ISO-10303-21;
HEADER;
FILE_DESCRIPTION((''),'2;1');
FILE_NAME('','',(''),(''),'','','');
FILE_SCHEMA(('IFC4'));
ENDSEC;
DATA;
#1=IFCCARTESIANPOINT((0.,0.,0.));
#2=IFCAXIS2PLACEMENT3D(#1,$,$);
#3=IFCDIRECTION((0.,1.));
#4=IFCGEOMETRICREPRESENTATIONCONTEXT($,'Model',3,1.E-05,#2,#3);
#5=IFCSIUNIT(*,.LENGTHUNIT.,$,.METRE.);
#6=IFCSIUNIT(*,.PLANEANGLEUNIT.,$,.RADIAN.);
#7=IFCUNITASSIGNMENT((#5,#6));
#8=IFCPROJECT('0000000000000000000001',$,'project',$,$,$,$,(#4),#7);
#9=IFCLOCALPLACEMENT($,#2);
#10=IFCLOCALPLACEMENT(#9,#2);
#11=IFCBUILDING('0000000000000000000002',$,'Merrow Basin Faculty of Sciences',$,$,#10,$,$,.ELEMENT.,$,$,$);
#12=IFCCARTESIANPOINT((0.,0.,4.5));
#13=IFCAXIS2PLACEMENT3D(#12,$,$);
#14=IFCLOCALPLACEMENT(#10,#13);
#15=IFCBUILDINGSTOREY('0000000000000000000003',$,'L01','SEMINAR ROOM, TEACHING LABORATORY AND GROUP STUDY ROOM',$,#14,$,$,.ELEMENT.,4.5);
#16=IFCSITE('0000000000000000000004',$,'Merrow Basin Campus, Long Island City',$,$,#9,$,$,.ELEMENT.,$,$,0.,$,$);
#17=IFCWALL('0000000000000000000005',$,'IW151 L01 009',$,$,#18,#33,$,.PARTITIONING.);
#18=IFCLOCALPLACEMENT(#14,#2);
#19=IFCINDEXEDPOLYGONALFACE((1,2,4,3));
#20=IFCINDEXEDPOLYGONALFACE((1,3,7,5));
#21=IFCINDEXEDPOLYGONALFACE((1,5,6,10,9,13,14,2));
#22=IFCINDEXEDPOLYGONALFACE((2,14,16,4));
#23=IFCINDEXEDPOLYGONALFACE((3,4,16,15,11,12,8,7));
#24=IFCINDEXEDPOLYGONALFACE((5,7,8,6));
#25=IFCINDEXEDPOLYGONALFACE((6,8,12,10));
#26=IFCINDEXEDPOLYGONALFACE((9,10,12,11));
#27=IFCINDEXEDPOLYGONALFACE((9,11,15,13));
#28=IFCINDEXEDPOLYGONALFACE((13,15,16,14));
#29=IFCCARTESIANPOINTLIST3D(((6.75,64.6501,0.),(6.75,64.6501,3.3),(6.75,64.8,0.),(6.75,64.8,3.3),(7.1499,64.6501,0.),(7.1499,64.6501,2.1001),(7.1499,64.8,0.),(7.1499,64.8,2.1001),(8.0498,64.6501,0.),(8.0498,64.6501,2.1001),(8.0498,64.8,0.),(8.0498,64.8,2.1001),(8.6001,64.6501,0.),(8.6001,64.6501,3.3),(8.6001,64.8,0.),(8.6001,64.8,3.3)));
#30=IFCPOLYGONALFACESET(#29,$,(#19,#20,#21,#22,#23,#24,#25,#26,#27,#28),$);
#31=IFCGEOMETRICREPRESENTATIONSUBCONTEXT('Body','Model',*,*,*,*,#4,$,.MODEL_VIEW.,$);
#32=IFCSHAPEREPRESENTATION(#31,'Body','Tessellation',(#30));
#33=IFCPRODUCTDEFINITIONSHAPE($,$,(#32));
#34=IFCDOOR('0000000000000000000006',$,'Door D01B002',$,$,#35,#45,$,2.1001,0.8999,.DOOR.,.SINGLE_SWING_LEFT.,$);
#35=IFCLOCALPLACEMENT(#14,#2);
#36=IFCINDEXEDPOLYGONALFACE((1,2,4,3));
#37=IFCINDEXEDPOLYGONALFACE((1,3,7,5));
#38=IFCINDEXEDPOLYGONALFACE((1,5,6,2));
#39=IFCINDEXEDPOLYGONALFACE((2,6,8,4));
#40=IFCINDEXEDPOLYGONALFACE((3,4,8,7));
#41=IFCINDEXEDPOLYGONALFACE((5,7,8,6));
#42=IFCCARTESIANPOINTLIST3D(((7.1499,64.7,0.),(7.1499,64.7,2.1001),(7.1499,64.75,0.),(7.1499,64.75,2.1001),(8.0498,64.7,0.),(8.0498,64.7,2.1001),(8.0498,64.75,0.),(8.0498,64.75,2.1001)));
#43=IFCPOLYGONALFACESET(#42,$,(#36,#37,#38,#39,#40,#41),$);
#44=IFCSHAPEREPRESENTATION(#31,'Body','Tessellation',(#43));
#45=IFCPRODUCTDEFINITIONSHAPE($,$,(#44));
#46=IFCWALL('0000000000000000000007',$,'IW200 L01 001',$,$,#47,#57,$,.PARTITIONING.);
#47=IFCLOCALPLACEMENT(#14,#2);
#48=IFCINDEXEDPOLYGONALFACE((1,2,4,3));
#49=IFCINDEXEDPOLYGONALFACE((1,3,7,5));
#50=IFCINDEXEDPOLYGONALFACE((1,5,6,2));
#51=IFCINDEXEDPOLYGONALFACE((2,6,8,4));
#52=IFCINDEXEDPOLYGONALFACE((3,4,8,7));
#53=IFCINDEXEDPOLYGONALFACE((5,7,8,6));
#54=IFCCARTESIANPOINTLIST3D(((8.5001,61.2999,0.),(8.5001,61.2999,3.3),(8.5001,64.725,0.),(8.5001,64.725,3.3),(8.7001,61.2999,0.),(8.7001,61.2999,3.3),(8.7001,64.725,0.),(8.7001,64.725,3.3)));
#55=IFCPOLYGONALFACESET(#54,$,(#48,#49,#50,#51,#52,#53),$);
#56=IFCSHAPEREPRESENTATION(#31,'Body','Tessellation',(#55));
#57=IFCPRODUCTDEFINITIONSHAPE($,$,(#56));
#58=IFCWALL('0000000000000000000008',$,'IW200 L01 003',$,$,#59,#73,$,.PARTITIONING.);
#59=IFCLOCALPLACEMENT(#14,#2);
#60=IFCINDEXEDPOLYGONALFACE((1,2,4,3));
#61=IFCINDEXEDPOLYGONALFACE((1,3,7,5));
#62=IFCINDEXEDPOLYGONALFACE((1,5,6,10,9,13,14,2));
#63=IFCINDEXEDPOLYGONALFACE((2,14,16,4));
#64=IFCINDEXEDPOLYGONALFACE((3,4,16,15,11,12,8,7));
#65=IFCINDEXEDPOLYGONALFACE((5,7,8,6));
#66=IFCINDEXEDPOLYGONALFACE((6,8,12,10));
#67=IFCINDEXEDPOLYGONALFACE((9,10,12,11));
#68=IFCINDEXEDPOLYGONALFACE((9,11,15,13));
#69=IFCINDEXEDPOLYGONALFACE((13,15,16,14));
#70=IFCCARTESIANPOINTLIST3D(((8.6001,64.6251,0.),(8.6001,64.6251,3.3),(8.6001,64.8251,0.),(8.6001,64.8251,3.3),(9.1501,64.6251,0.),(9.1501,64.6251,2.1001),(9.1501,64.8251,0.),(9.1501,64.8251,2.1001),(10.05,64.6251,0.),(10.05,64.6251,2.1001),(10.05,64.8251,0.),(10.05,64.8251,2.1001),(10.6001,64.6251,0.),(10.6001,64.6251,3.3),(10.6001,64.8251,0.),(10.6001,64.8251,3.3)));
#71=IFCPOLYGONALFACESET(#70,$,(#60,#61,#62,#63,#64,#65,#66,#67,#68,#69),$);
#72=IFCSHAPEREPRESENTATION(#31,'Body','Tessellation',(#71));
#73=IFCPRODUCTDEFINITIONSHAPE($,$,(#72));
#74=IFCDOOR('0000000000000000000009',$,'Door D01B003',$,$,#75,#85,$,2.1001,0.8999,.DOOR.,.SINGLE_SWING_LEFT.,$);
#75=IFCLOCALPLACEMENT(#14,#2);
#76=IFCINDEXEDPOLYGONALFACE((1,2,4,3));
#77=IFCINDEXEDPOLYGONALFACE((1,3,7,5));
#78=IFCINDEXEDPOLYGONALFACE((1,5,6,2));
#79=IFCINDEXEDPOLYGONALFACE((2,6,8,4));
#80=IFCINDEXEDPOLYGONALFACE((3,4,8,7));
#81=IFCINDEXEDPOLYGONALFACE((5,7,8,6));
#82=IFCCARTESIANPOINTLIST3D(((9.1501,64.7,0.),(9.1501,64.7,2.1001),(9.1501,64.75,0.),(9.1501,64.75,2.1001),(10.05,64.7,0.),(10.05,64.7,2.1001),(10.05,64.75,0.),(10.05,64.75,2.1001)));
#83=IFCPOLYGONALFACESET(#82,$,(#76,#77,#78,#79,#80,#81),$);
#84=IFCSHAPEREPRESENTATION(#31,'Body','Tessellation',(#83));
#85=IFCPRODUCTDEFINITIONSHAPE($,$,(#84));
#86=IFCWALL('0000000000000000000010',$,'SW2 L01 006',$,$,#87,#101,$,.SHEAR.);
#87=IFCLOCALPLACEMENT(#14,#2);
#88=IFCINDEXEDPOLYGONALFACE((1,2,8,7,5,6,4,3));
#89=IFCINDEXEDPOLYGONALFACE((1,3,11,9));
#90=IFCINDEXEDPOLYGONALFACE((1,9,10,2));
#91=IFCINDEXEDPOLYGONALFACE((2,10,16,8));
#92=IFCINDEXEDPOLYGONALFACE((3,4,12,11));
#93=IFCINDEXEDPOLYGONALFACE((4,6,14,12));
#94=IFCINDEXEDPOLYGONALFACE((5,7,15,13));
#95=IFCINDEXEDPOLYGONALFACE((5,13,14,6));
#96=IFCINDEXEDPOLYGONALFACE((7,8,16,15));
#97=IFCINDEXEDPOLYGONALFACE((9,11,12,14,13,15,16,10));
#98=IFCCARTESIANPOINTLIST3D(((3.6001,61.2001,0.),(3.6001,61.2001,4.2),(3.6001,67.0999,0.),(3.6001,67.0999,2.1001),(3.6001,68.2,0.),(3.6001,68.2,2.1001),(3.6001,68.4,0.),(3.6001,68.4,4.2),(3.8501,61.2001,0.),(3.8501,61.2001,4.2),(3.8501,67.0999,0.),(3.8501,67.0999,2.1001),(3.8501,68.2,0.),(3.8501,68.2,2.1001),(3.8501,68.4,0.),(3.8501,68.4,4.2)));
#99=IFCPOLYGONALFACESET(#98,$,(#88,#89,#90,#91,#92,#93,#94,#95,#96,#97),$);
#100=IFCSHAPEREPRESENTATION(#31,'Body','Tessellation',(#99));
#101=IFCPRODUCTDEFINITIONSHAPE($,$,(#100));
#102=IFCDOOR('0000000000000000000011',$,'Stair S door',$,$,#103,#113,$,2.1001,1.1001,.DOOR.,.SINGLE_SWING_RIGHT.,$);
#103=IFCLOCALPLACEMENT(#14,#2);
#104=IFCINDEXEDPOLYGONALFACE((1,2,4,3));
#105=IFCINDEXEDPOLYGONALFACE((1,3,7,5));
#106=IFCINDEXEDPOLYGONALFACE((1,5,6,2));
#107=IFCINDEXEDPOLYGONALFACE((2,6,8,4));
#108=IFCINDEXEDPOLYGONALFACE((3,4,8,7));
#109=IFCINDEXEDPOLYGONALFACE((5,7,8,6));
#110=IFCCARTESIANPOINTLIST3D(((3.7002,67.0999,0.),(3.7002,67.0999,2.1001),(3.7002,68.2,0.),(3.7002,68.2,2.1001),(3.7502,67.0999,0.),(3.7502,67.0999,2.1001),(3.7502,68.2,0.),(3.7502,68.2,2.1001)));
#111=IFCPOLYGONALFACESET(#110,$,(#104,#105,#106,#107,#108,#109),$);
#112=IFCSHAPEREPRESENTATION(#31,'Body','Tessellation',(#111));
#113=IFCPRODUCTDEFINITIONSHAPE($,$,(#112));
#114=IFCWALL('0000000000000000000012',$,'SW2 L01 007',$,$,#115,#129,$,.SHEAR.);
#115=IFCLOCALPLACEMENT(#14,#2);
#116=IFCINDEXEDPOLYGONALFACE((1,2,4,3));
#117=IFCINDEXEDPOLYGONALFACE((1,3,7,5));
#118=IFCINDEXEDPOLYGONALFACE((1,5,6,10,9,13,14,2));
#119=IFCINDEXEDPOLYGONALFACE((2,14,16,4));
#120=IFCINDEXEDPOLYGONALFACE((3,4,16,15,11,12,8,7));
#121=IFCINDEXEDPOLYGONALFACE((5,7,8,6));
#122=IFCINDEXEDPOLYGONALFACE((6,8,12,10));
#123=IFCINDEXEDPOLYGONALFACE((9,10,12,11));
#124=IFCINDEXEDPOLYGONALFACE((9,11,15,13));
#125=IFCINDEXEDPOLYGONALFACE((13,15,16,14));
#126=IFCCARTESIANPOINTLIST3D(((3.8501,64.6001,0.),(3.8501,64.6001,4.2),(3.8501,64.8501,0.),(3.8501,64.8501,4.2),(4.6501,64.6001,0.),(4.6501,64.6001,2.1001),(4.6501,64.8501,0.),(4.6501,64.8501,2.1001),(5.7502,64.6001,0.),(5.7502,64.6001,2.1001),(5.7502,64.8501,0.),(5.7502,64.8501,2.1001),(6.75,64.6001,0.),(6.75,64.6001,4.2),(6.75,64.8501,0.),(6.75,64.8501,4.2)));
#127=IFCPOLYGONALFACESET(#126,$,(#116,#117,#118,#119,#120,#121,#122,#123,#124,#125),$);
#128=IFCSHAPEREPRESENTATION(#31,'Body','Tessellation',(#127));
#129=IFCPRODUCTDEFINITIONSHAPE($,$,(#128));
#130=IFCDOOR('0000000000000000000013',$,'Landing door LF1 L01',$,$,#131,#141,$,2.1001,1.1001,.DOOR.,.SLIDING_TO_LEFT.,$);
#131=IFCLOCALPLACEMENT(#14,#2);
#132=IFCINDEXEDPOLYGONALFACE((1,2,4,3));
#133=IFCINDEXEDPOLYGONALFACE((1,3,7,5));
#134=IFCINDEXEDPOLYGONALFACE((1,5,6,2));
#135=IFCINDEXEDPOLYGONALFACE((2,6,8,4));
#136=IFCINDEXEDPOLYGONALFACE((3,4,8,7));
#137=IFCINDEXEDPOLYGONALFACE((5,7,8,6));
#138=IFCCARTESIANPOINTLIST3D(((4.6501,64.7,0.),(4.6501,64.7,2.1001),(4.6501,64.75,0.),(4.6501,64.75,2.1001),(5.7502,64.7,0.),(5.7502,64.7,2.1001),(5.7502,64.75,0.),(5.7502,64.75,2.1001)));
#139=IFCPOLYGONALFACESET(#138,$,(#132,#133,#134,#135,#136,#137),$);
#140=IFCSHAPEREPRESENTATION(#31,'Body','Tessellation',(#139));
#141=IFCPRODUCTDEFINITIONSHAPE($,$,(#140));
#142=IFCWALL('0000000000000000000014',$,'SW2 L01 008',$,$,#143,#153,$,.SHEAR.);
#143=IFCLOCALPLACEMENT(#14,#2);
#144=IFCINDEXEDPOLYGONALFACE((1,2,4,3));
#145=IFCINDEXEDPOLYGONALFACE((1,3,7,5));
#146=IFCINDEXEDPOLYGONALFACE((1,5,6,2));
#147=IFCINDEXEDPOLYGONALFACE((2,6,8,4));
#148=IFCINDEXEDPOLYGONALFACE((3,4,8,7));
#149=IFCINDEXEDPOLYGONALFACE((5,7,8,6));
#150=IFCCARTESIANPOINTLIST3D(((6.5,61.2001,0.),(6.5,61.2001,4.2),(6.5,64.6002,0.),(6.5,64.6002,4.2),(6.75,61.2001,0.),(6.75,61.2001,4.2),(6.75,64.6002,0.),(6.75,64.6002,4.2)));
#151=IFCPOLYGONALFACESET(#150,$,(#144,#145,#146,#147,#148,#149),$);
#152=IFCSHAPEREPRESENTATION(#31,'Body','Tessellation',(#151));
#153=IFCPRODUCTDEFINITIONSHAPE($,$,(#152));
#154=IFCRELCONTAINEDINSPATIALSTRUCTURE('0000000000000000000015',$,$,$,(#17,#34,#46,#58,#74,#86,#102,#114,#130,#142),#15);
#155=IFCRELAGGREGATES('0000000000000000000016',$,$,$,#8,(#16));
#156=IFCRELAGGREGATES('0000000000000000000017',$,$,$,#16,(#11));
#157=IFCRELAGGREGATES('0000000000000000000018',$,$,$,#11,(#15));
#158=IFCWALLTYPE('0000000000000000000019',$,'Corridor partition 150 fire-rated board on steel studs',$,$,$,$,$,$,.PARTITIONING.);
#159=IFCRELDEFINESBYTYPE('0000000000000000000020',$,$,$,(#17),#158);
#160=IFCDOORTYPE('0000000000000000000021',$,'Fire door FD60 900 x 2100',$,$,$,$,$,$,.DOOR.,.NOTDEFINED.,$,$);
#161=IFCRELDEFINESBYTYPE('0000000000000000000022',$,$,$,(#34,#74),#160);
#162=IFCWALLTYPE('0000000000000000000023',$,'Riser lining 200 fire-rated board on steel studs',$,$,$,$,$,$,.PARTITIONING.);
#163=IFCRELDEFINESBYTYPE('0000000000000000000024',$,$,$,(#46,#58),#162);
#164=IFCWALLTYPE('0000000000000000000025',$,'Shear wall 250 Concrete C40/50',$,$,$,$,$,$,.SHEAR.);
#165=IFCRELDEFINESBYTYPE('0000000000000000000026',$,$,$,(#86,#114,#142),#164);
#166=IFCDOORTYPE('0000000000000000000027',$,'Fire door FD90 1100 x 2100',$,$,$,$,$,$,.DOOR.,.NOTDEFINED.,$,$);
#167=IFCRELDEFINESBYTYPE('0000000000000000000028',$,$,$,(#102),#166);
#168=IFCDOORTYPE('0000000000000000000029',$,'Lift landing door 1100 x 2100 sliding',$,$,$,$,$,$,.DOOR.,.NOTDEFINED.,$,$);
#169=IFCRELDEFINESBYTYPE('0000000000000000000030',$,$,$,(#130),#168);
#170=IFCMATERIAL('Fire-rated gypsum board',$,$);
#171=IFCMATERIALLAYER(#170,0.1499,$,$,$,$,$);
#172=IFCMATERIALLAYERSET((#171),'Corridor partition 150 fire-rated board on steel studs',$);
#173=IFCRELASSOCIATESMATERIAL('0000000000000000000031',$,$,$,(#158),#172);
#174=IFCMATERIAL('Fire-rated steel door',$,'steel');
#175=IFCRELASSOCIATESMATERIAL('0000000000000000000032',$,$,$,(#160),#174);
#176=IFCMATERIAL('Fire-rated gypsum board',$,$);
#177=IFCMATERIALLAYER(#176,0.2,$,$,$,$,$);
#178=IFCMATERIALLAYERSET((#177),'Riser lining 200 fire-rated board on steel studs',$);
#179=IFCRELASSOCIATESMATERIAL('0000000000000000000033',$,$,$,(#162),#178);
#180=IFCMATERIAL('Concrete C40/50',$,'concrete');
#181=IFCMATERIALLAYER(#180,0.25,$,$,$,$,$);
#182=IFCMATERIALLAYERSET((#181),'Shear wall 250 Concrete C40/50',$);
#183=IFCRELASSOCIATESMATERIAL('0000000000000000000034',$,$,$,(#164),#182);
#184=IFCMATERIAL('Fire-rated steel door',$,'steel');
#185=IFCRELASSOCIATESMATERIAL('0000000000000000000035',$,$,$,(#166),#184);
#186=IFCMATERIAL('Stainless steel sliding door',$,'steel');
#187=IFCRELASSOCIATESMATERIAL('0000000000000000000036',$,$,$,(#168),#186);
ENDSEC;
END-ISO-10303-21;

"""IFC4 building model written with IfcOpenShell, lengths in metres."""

from ifc_helpers import new_model, si_unit, direction, frame, frame_2d, origin, place, context, subcontext, project, spatial, rectangle, extrude, material, layer, layer_set, type_object, element, fill, save


model = new_model("IFC4")

# Units and contexts
model_context = context("Model", 3, precision=1e-05, world=origin(), true_north=direction((0.0, 1.0)))
body_context = subcontext(model_context, "Body", "Model", "MODEL_VIEW")
ifc_project = project(units=[si_unit("LENGTHUNIT", "METRE"), si_unit("PLANEANGLEUNIT", "RADIAN")], contexts=[model_context])

# Site, building, storey
site_placement = place(None, origin())
site = spatial("IfcSite", under=ifc_project, at=site_placement, Name="Merrow Basin Campus, Long Island City", CompositionType="ELEMENT", RefElevation=0.0)
building_placement = place(site_placement, origin())
building = spatial("IfcBuilding", under=site, at=building_placement, Name="Merrow Basin Faculty of Sciences", CompositionType="ELEMENT")
storey_placement = place(building_placement, frame((0.0, 0.0, 4.5)))
storey = spatial("IfcBuildingStorey", under=building, at=storey_placement, Name="L01", Description="SEMINAR ROOM, TEACHING LABORATORY AND GROUP STUDY ROOM", CompositionType="ELEMENT", Elevation=4.5)

# Shared definitions
ifc_material_1 = material(Name="Fire-rated gypsum board")
ifc_layer_1 = layer(ifc_material_1, 0.1499)
ifc_layer_set_1 = layer_set([ifc_layer_1], Name="Corridor partition 150 fire-rated board on steel studs")
wall_type_1 = type_object("IfcWallType", Name="Corridor partition 150 fire-rated board on steel studs", PredefinedType="PARTITIONING", material=ifc_layer_set_1)

# Wall, opening, door
wall_1_placement = place(storey_placement, frame((6.75, 64.7251, 0.0), z_axis=(0.0, 0.0, 1.0), x_axis=(1.0, 0.0, 0.0)))
wall_1 = element("IfcWall", 1, at=wall_1_placement, inside=storey, type_object=wall_type_1, Name="IW151 L01 009", PredefinedType="PARTITIONING", context=body_context, shape_type="SweptSolid", body=[
    extrude(rectangle(XDim=1.8501, YDim=0.1499, at=frame_2d((0.925, 0.0))), origin(), (0.0, 0.0, 1.0), 3.3),
])
opening_1_placement = place(wall_1_placement, frame((0.3999, 0.0, 0.0)))
opening_1 = element("IfcOpeningElement", 2, at=opening_1_placement, cuts=wall_1, PredefinedType="OPENING", context=body_context, shape_type="SweptSolid", body=[
    extrude(rectangle(XDim=0.8999, YDim=2.1001, at=frame_2d((0.45, 1.05))), frame((0.0, 0.085, 0.0), z_axis=(0.0, -1.0, 0.0), x_axis=(1.0, 0.0, 0.0)), (0.0, 0.0, 1.0), 0.1699),
])
ifc_material_2 = material(Name="Fire-rated steel door", Category="steel")
door_type_1 = type_object("IfcDoorType", Name="Fire door FD60 900 x 2100", OperationType="NOTDEFINED", PredefinedType="DOOR", material=ifc_material_2)
door_1_placement = place(opening_1_placement, origin())
door_1 = element("IfcDoor", 3, at=door_1_placement, inside=storey, type_object=door_type_1, Name="Door D01B002", OperationType="SINGLE_SWING_LEFT", OverallHeight=2.1001, OverallWidth=0.8999, PredefinedType="DOOR", context=body_context, shape_type="SweptSolid", body=[
    extrude(rectangle(XDim=0.8999, YDim=2.1001, at=frame_2d((0.45, 1.05))), frame((0.0, 0.0249, 0.0), z_axis=(0.0, -1.0, 0.0), x_axis=(1.0, 0.0, 0.0)), (0.0, 0.0, 1.0), 0.05),
])
fill(opening_1, door_1)

# Wall
ifc_material_3 = material(Name="Fire-rated gypsum board")
ifc_layer_2 = layer(ifc_material_3, 0.2)
ifc_layer_set_2 = layer_set([ifc_layer_2], Name="Riser lining 200 fire-rated board on steel studs")
wall_type_2 = type_object("IfcWallType", Name="Riser lining 200 fire-rated board on steel studs", PredefinedType="PARTITIONING", material=ifc_layer_set_2)
wall_2_placement = place(storey_placement, frame((8.6001, 61.3, 0.0), z_axis=(0.0, 0.0, 1.0), x_axis=(0.0, 1.0, 0.0)))
element("IfcWall", 4, at=wall_2_placement, inside=storey, type_object=wall_type_2, Name="IW200 L01 001", PredefinedType="PARTITIONING", context=body_context, shape_type="SweptSolid", body=[
    extrude(rectangle(XDim=3.425, YDim=0.2, at=frame_2d((1.7124, 0.0))), origin(), (0.0, 0.0, 1.0), 3.3),
])

# Walls, openings, doors
wall_3_placement = place(storey_placement, frame((8.6001, 64.7251, 0.0), z_axis=(0.0, 0.0, 1.0), x_axis=(1.0, 0.0, 0.0)))
wall_3 = element("IfcWall", 5, at=wall_3_placement, inside=storey, type_object=wall_type_2, Name="IW200 L01 003", PredefinedType="PARTITIONING", context=body_context, shape_type="SweptSolid", body=[
    extrude(rectangle(XDim=2.0, YDim=0.2, at=frame_2d((1.0, 0.0))), origin(), (0.0, 0.0, 1.0), 3.3),
])
opening_2_placement = place(wall_3_placement, frame((0.55, 0.0, 0.0)))
opening_2 = element("IfcOpeningElement", 6, at=opening_2_placement, cuts=wall_3, PredefinedType="OPENING", context=body_context, shape_type="SweptSolid", body=[
    extrude(rectangle(XDim=0.8999, YDim=2.1001, at=frame_2d((0.45, 1.05))), frame((0.0, 0.1099, 0.0), z_axis=(0.0, -1.0, 0.0), x_axis=(1.0, 0.0, 0.0)), (0.0, 0.0, 1.0), 0.22),
])
door_2_placement = place(opening_2_placement, origin())
door_2 = element("IfcDoor", 7, at=door_2_placement, inside=storey, type_object=door_type_1, Name="Door D01B003", OperationType="SINGLE_SWING_LEFT", OverallHeight=2.1001, OverallWidth=0.8999, PredefinedType="DOOR", context=body_context, shape_type="SweptSolid", body=[
    extrude(rectangle(XDim=0.8999, YDim=2.1001, at=frame_2d((0.45, 1.05))), frame((0.0, 0.0249, 0.0), z_axis=(0.0, -1.0, 0.0), x_axis=(1.0, 0.0, 0.0)), (0.0, 0.0, 1.0), 0.05),
])
fill(opening_2, door_2)
ifc_material_4 = material(Name="Concrete C40/50", Category="concrete")
ifc_layer_3 = layer(ifc_material_4, 0.25)
ifc_layer_set_3 = layer_set([ifc_layer_3], Name="Shear wall 250 Concrete C40/50")
wall_type_3 = type_object("IfcWallType", Name="Shear wall 250 Concrete C40/50", PredefinedType="SHEAR", material=ifc_layer_set_3)
wall_4_placement = place(storey_placement, frame((3.7251, 61.2, 0.0), z_axis=(0.0, 0.0, 1.0), x_axis=(0.0, 1.0, 0.0)))
wall_4 = element("IfcWall", 8, at=wall_4_placement, inside=storey, type_object=wall_type_3, Name="SW2 L01 006", PredefinedType="SHEAR", context=body_context, shape_type="SweptSolid", body=[
    extrude(rectangle(XDim=7.2, YDim=0.25, at=frame_2d((3.6001, 0.0))), origin(), (0.0, 0.0, 1.0), 4.2),
])
opening_3_placement = place(wall_4_placement, frame((5.8999, 0.0, 0.0)))
opening_3 = element("IfcOpeningElement", 9, at=opening_3_placement, cuts=wall_4, PredefinedType="OPENING", context=body_context, shape_type="SweptSolid", body=[
    extrude(rectangle(XDim=1.1001, YDim=2.1001, at=frame_2d((0.55, 1.05))), frame((0.0, 0.135, 0.0), z_axis=(0.0, -1.0, 0.0), x_axis=(1.0, 0.0, 0.0)), (0.0, 0.0, 1.0), 0.27),
])
ifc_material_5 = material(Name="Fire-rated steel door", Category="steel")
door_type_2 = type_object("IfcDoorType", Name="Fire door FD90 1100 x 2100", OperationType="NOTDEFINED", PredefinedType="DOOR", material=ifc_material_5)
door_3_placement = place(opening_3_placement, origin())
door_3 = element("IfcDoor", 10, at=door_3_placement, inside=storey, type_object=door_type_2, Name="Stair S door", OperationType="SINGLE_SWING_RIGHT", OverallHeight=2.1001, OverallWidth=1.1001, PredefinedType="DOOR", context=body_context, shape_type="SweptSolid", body=[
    extrude(rectangle(XDim=1.1001, YDim=2.1001, at=frame_2d((0.55, 1.05))), frame((0.0, 0.0249, 0.0), z_axis=(0.0, -1.0, 0.0), x_axis=(1.0, 0.0, 0.0)), (0.0, 0.0, 1.0), 0.05),
])
fill(opening_3, door_3)
wall_5_placement = place(storey_placement, frame((3.8501, 64.7251, 0.0), z_axis=(0.0, 0.0, 1.0), x_axis=(1.0, 0.0, 0.0)))
wall_5 = element("IfcWall", 11, at=wall_5_placement, inside=storey, type_object=wall_type_3, Name="SW2 L01 007", PredefinedType="SHEAR", context=body_context, shape_type="SweptSolid", body=[
    extrude(rectangle(XDim=2.8999, YDim=0.25, at=frame_2d((1.45, 0.0))), origin(), (0.0, 0.0, 1.0), 4.2),
])
opening_4_placement = place(wall_5_placement, frame((0.8, 0.0, 0.0)))
opening_4 = element("IfcOpeningElement", 12, at=opening_4_placement, cuts=wall_5, PredefinedType="OPENING", context=body_context, shape_type="SweptSolid", body=[
    extrude(rectangle(XDim=1.1001, YDim=2.1001, at=frame_2d((0.55, 1.05))), frame((0.0, 0.135, 0.0), z_axis=(0.0, -1.0, 0.0), x_axis=(1.0, 0.0, 0.0)), (0.0, 0.0, 1.0), 0.27),
])
ifc_material_6 = material(Name="Stainless steel sliding door", Category="steel")
door_type_3 = type_object("IfcDoorType", Name="Lift landing door 1100 x 2100 sliding", OperationType="NOTDEFINED", PredefinedType="DOOR", material=ifc_material_6)
door_4_placement = place(opening_4_placement, origin())
door_4 = element("IfcDoor", 13, at=door_4_placement, inside=storey, type_object=door_type_3, Name="Landing door LF1 L01", OperationType="SLIDING_TO_LEFT", OverallHeight=2.1001, OverallWidth=1.1001, PredefinedType="DOOR", context=body_context, shape_type="SweptSolid", body=[
    extrude(rectangle(XDim=1.1001, YDim=2.1001, at=frame_2d((0.55, 1.05))), frame((0.0, 0.0249, 0.0), z_axis=(0.0, -1.0, 0.0), x_axis=(1.0, 0.0, 0.0)), (0.0, 0.0, 1.0), 0.05),
])
fill(opening_4, door_4)

# Wall
wall_6_placement = place(storey_placement, frame((6.625, 61.2, 0.0), z_axis=(0.0, 0.0, 1.0), x_axis=(0.0, 1.0, 0.0)))
element("IfcWall", 14, at=wall_6_placement, inside=storey, type_object=wall_type_3, Name="SW2 L01 008", PredefinedType="SHEAR", context=body_context, shape_type="SweptSolid", body=[
    extrude(rectangle(XDim=3.4001, YDim=0.25, at=frame_2d((1.7002, 0.0))), origin(), (0.0, 0.0, 1.0), 4.2),
])

save(model, "model.ifc")
